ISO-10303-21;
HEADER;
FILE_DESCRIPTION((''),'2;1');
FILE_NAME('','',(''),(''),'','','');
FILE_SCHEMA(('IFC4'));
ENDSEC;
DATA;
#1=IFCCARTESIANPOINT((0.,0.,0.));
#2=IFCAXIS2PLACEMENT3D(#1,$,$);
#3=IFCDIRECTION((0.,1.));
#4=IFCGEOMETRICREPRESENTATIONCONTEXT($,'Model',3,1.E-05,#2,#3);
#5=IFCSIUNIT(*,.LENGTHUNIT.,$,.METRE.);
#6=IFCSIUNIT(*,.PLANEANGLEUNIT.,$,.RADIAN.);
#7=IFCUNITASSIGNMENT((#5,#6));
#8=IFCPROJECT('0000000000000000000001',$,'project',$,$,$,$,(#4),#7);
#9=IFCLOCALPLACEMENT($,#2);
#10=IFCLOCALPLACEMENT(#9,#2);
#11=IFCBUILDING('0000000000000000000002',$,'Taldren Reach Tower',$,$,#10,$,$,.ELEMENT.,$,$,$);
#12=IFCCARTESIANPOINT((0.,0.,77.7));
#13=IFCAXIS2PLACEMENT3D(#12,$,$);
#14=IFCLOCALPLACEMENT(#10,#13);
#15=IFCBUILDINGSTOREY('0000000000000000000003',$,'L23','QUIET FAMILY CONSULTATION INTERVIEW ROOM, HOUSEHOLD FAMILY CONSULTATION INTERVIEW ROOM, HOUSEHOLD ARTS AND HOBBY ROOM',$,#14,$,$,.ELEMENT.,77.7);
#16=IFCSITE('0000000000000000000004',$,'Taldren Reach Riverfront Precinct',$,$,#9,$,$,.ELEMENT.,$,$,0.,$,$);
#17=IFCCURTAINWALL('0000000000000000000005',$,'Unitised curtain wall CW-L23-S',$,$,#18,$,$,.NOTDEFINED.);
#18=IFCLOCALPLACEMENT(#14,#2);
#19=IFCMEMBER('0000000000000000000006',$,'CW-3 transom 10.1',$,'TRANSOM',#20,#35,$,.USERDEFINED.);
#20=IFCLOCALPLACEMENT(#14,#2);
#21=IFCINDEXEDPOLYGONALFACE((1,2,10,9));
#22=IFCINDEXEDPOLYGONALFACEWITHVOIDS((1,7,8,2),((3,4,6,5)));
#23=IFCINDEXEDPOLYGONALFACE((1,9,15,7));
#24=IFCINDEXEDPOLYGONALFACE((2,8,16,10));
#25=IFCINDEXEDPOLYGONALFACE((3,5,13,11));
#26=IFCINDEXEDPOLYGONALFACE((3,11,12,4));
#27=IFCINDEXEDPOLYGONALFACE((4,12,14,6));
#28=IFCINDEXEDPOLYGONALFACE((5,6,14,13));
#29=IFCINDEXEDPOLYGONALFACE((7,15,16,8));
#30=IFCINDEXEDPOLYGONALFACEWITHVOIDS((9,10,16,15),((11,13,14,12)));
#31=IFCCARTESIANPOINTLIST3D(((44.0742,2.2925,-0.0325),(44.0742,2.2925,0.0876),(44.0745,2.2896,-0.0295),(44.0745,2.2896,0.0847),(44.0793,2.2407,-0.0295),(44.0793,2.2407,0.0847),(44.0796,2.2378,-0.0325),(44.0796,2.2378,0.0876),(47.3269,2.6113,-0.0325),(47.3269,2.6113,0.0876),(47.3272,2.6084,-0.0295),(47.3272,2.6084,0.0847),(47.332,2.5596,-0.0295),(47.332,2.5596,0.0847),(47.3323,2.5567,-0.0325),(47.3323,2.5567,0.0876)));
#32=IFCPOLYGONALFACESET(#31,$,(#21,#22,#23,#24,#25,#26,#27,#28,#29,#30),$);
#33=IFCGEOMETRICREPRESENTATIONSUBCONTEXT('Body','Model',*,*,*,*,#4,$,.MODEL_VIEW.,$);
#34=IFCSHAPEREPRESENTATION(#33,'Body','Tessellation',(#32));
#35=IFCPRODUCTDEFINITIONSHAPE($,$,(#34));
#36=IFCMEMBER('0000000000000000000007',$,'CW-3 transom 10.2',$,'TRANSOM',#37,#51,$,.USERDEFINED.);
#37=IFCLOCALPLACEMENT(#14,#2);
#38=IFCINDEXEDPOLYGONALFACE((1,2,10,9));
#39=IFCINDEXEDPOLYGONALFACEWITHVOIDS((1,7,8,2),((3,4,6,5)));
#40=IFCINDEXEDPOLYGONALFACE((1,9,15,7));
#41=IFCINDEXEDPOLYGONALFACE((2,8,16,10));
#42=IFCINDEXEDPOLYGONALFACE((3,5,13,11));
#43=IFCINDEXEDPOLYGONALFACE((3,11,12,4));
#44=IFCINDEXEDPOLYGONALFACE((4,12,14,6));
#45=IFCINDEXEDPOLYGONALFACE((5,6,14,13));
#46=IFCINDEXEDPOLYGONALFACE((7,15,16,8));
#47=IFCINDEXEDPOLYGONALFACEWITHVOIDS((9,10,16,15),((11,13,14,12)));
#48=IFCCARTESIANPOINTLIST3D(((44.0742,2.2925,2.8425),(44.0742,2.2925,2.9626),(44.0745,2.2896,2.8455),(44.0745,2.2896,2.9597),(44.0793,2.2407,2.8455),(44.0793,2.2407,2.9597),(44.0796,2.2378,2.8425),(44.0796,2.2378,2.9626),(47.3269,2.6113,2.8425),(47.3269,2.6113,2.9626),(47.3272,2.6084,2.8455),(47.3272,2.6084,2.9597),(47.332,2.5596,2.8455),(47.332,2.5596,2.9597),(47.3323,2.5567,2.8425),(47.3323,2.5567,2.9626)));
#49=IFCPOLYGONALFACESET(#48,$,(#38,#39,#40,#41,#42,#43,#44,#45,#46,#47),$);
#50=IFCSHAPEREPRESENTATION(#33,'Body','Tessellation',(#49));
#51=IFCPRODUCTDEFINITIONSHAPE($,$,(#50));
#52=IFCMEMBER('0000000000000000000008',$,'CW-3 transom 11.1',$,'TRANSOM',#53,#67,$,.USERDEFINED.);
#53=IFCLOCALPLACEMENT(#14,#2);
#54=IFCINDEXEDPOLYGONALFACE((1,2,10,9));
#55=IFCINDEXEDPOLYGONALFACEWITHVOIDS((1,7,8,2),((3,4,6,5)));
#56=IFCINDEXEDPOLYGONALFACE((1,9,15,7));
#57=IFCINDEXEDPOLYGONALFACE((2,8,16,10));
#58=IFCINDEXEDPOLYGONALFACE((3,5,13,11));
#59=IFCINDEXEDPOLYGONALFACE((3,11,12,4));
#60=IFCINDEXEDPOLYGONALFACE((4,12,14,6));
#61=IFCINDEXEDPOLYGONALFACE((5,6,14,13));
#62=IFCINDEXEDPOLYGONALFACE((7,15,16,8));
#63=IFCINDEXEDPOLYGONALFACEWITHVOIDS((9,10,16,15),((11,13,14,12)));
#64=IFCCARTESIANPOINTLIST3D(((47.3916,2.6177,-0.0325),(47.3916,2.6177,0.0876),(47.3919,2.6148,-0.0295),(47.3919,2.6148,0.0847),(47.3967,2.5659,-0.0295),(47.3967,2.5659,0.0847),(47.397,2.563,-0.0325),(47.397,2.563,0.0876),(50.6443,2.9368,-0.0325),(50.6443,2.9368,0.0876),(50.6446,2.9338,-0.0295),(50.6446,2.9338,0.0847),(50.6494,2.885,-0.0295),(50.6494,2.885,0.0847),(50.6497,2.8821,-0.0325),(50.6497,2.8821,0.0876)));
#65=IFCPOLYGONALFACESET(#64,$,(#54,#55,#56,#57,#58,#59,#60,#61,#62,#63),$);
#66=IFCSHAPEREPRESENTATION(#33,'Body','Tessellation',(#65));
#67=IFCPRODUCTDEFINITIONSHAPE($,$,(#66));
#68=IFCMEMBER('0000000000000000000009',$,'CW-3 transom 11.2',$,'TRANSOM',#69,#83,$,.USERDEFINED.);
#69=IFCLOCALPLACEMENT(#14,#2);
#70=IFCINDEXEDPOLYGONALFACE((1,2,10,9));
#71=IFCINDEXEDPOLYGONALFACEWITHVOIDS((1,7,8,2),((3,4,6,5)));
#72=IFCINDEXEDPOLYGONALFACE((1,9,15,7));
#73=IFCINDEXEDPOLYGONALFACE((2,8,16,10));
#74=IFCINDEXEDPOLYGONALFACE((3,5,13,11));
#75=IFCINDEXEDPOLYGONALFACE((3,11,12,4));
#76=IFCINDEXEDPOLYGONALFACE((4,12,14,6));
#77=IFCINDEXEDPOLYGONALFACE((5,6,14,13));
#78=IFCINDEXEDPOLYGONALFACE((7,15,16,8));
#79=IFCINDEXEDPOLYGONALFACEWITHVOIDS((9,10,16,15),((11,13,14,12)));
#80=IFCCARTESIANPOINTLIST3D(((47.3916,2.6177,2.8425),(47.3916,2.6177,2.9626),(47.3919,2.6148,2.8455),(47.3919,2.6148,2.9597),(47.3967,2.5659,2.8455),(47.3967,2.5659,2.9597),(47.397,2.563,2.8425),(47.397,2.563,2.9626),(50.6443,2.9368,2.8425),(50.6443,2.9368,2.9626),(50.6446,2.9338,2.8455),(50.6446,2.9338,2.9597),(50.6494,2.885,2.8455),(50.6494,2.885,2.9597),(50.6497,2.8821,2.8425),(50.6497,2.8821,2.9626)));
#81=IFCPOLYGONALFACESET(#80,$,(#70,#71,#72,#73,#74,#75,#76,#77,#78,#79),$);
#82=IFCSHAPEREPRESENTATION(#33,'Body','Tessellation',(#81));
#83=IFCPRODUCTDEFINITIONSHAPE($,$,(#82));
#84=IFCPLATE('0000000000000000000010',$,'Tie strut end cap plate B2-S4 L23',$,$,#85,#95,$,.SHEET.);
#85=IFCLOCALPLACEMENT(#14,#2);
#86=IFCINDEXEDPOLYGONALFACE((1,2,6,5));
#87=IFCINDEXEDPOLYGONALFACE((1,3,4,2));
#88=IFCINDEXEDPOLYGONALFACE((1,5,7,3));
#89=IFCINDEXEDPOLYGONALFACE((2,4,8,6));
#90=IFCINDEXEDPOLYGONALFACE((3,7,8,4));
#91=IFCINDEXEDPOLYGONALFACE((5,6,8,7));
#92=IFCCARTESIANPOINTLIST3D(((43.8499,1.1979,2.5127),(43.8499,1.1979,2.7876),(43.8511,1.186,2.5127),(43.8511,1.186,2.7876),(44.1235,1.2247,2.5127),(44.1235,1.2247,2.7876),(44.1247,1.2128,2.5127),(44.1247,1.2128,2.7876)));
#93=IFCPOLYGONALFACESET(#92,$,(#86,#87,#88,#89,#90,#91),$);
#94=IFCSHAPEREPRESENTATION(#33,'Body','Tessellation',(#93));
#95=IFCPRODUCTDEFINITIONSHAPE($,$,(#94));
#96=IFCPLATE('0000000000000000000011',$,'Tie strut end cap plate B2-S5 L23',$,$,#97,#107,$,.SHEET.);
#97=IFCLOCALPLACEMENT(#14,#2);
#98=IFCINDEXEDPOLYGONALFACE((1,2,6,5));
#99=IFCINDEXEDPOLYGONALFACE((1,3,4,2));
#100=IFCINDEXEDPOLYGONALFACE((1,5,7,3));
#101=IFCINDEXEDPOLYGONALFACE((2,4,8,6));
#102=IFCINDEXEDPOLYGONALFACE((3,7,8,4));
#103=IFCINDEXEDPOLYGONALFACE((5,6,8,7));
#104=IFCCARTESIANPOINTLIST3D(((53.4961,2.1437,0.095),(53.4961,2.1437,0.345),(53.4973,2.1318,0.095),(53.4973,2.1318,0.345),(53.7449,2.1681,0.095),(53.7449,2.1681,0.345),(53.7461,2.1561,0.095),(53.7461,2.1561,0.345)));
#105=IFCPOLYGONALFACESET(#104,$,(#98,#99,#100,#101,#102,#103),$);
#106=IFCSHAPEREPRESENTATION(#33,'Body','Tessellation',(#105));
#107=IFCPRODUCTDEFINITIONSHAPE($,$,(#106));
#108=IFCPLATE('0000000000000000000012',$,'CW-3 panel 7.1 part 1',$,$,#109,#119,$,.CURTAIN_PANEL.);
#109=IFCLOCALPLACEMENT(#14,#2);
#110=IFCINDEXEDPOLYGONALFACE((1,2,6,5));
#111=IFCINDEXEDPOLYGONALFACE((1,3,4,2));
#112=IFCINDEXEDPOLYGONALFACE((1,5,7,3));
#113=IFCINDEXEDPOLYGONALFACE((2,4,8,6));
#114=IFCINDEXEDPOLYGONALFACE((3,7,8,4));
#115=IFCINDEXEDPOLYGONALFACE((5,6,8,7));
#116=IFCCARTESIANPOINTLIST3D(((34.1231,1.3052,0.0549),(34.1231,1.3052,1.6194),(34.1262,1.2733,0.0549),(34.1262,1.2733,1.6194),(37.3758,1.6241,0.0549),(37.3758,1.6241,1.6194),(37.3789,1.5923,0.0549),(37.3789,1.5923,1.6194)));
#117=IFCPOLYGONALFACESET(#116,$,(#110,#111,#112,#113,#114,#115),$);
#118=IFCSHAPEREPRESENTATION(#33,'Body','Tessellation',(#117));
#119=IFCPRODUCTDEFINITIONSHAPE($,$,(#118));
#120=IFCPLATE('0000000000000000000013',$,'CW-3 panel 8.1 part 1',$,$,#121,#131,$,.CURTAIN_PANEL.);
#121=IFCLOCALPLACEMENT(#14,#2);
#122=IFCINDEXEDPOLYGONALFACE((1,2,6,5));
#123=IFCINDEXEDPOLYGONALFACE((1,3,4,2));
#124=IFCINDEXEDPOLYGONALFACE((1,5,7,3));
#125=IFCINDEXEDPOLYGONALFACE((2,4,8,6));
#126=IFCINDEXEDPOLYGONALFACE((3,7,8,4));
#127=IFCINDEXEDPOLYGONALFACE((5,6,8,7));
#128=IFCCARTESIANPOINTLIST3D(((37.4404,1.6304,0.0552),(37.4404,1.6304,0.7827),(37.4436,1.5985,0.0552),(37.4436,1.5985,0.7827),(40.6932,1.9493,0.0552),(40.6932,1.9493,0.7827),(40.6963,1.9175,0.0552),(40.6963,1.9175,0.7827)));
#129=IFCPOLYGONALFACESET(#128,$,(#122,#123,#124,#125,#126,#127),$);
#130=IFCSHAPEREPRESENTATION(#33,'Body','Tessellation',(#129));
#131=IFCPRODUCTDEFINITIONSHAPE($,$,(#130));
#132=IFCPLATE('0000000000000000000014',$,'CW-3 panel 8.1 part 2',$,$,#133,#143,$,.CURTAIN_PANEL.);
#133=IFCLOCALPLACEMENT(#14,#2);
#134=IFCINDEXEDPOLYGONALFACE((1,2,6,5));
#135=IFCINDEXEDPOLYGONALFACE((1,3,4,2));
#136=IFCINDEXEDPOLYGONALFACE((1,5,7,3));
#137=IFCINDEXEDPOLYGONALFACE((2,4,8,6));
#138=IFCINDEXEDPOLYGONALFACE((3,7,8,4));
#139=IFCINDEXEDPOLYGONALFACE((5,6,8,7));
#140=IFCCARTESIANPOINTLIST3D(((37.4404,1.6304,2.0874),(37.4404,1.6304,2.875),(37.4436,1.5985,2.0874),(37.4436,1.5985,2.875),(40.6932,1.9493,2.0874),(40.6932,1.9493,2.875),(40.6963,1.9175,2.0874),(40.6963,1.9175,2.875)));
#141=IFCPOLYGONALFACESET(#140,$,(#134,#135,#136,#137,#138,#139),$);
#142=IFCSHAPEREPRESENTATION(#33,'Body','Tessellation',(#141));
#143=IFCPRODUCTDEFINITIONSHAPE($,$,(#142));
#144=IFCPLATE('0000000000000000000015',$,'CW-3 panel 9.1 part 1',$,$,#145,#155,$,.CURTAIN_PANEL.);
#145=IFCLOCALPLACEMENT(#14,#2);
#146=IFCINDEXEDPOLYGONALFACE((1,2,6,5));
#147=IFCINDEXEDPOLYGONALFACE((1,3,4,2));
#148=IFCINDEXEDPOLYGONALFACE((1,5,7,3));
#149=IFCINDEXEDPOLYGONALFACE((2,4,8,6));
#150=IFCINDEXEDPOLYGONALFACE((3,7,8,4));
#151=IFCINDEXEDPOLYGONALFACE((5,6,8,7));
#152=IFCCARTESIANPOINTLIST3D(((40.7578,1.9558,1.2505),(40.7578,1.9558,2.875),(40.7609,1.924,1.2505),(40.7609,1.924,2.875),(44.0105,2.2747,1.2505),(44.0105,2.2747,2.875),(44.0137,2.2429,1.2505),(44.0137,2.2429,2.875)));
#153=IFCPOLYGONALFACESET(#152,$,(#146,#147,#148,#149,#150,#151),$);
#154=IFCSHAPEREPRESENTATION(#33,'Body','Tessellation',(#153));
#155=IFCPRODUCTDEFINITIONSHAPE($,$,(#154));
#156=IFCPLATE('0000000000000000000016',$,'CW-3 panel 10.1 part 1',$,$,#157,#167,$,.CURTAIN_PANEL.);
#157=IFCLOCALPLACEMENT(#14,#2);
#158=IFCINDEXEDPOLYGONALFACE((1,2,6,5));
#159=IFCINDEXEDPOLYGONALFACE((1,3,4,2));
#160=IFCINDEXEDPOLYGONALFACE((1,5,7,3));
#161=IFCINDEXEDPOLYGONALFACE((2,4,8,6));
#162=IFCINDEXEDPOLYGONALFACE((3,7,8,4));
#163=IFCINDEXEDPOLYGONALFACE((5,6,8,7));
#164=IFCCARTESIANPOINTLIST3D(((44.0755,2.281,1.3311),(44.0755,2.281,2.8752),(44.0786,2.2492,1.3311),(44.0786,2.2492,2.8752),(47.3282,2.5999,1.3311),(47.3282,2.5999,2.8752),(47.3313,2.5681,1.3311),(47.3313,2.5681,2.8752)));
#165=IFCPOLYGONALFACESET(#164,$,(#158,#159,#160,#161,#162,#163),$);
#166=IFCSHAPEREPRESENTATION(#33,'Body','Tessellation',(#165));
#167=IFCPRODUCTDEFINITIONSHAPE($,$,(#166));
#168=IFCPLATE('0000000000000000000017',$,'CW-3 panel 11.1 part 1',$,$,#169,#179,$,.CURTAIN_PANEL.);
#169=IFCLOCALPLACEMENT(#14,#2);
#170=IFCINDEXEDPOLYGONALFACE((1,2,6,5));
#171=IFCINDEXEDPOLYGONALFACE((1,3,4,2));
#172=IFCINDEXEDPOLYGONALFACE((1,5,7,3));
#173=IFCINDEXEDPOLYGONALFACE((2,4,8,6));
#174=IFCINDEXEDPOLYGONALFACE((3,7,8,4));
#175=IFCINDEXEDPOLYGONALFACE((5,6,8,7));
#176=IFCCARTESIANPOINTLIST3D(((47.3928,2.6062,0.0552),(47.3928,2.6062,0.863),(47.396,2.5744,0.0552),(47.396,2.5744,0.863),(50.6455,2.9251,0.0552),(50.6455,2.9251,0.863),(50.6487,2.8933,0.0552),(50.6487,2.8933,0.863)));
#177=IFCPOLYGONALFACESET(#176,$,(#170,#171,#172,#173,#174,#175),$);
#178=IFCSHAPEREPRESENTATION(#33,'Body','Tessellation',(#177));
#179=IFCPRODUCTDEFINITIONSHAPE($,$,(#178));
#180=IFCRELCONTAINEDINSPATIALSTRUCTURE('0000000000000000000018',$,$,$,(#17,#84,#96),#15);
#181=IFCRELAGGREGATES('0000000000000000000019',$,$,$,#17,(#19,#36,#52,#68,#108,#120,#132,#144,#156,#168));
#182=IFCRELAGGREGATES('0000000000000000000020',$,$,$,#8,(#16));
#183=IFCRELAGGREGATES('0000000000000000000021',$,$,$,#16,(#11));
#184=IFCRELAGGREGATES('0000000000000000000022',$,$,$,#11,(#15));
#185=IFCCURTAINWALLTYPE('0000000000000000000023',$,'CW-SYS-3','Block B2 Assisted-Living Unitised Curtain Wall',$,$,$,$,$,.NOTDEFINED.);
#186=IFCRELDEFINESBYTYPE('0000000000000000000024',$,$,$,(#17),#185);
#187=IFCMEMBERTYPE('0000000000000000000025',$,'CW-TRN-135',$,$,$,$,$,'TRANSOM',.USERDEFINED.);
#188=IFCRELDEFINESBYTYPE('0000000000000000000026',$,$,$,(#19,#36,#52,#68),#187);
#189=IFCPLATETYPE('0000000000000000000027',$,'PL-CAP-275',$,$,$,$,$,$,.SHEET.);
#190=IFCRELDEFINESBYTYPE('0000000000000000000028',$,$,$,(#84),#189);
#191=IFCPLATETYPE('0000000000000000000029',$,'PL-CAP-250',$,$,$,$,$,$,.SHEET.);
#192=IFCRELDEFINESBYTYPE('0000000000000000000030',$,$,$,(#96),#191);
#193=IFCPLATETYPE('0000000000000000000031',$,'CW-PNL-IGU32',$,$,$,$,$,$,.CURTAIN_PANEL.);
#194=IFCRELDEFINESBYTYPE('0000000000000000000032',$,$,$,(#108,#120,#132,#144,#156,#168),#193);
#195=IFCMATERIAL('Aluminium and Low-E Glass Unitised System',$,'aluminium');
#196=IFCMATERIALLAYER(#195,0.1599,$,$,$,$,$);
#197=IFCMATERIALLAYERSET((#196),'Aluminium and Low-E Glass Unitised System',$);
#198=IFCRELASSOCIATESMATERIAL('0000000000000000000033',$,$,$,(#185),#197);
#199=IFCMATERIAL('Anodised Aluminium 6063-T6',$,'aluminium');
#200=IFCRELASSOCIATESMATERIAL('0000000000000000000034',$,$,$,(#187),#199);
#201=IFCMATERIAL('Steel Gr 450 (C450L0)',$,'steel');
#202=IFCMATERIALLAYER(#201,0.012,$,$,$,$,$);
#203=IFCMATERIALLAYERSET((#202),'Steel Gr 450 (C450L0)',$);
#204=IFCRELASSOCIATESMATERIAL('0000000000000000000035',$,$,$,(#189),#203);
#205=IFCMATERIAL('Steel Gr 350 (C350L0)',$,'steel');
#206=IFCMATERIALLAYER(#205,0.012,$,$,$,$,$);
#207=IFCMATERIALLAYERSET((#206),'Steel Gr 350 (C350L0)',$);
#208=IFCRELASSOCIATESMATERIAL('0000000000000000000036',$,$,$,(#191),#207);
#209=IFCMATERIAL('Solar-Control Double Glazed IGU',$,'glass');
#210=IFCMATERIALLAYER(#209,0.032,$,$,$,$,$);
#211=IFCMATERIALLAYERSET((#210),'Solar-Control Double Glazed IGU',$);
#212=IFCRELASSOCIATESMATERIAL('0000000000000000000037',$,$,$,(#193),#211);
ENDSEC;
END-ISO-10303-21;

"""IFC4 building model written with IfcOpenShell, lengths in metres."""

from ifc_helpers import new_model, si_unit, direction, frame, origin, origin_2d, place, context, subcontext, project, spatial, rectangle, hollow_rectangle, extrude, source, transform, mapped, material, layer, layer_set, material_profile, profile_set, type_object, element, aggregate, save


model = new_model("IFC4")

# Units and contexts
model_context = context("Model", 3, precision=1e-05, world=origin(), true_north=direction((0.0, 1.0)))
body_context = subcontext(model_context, "Body", "Model", "MODEL_VIEW")
ifc_project = project(units=[si_unit("LENGTHUNIT", "METRE"), si_unit("PLANEANGLEUNIT", "RADIAN")], contexts=[model_context])

# Site, building, storey
site_placement = place(None, origin())
site = spatial("IfcSite", under=ifc_project, at=site_placement, Name="Taldren Reach Riverfront Precinct", CompositionType="ELEMENT", RefElevation=0.0)
building_placement = place(site_placement, origin())
building = spatial("IfcBuilding", under=site, at=building_placement, Name="Taldren Reach Tower", CompositionType="ELEMENT")
storey_placement = place(building_placement, frame((0.0, 0.0, 77.7)))
storey = spatial("IfcBuildingStorey", under=building, at=storey_placement, Name="L23", Description="QUIET FAMILY CONSULTATION INTERVIEW ROOM, HOUSEHOLD FAMILY CONSULTATION INTERVIEW ROOM, HOUSEHOLD ARTS AND HOBBY ROOM", CompositionType="ELEMENT", Elevation=77.7)

# Shared definitions
ifc_material_1 = material(Name="Steel Gr 450 (C450L0)", Category="steel")
ifc_material_2 = material(Name="Steel Gr 350 (C350L0)", Category="steel")

# Curtain wall, members
ifc_material_3 = material(Name="Aluminium and Low-E Glass Unitised System", Category="aluminium")
ifc_layer_1 = layer(ifc_material_3, 0.1599)
ifc_layer_set_1 = layer_set([ifc_layer_1], Name="Aluminium and Low-E Glass Unitised System")
curtain_wall_type = type_object("IfcCurtainWallType", Name="CW-SYS-3", Description="Block B2 Assisted-Living Unitised Curtain Wall", PredefinedType="NOTDEFINED", material=ifc_layer_set_1)
curtain_wall_placement = place(storey_placement, origin())
curtain_wall = element("IfcCurtainWall", 1, at=curtain_wall_placement, inside=storey, type_object=curtain_wall_type, Name="Unitised curtain wall CW-L23-S", PredefinedType="NOTDEFINED")
ifc_material_4 = material(Name="Anodised Aluminium 6063-T6", Category="aluminium")
ifc_material_profile_1 = material_profile(ifc_material_4, hollow_rectangle(XDim=0.0549, YDim=0.1201, WallThickness=0.0029, at=origin_2d()), Name="ALU-120x55x3RHS")
ifc_profile_set_1 = profile_set([ifc_material_profile_1], Name="Anodised Aluminium 6063-T6")
member_type_1 = type_object("IfcMemberType", Name="CW-TRN-135", ElementType="TRANSOM", PredefinedType="USERDEFINED", material=ifc_profile_set_1)
shared_shape_1 = source(origin(), body_context, "Body", "SweptSolid", [
    extrude(hollow_rectangle(XDim=0.0549, YDim=0.1201, WallThickness=0.0029, at=origin_2d()), origin(), (0.0, 0.0, 1.0), 3.2683),
])
member_1_placement = place(storey_placement, frame((44.0769, 2.2651, 0.0276), z_axis=(0.99523, 0.097558, 0.0), x_axis=(-0.097558, 0.99523, 0.0)))
member_1 = element("IfcMember", 2, at=member_1_placement, type_object=member_type_1, Name="CW-3 transom 10.1", ObjectType="TRANSOM", PredefinedType="USERDEFINED", context=body_context, shape_type="MappedRepresentation", body=[
    mapped(shared_shape_1, transform((0.0, 0.0, 0.0), scale=1.0)),
])
member_2_placement = place(storey_placement, frame((44.0769, 2.2651, 2.9026), z_axis=(0.99523, 0.097558, 0.0), x_axis=(-0.097558, 0.99523, 0.0)))
member_2 = element("IfcMember", 3, at=member_2_placement, type_object=member_type_1, Name="CW-3 transom 10.2", ObjectType="TRANSOM", PredefinedType="USERDEFINED", context=body_context, shape_type="MappedRepresentation", body=[
    mapped(shared_shape_1, transform((0.0, 0.0, 0.0), scale=1.0)),
])
member_3_placement = place(storey_placement, frame((47.3943, 2.5903, 0.0276), z_axis=(0.995223, 0.097632, 0.0), x_axis=(-0.097632, 0.995223, 0.0)))
member_3 = element("IfcMember", 4, at=member_3_placement, type_object=member_type_1, Name="CW-3 transom 11.1", ObjectType="TRANSOM", PredefinedType="USERDEFINED", context=body_context, shape_type="MappedRepresentation", body=[
    mapped(shared_shape_1, transform((0.0, 0.0, 0.0), scale=1.0)),
])
member_4_placement = place(storey_placement, frame((47.3943, 2.5903, 2.9026), z_axis=(0.995223, 0.097632, 0.0), x_axis=(-0.097632, 0.995223, 0.0)))
member_4 = element("IfcMember", 5, at=member_4_placement, type_object=member_type_1, Name="CW-3 transom 11.2", ObjectType="TRANSOM", PredefinedType="USERDEFINED", context=body_context, shape_type="MappedRepresentation", body=[
    mapped(shared_shape_1, transform((0.0, 0.0, 0.0), scale=1.0)),
])

# Plates
ifc_layer_2 = layer(ifc_material_1, 0.012)
ifc_layer_set_2 = layer_set([ifc_layer_2], Name="Steel Gr 450 (C450L0)")
plate_type_1 = type_object("IfcPlateType", Name="PL-CAP-275", PredefinedType="SHEET", material=ifc_layer_set_2)
shared_shape_2 = source(origin(), body_context, "Body", "SweptSolid", [
    extrude(rectangle(XDim=0.2749, YDim=0.012, at=origin_2d()), origin(), (0.0, 0.0, 1.0), 0.2749),
])
plate_1_placement = place(storey_placement, frame((43.9873, 1.2053, 2.5127), z_axis=(0.0, 0.0, 1.0), x_axis=(0.995227, 0.097583, 0.0)))
element("IfcPlate", 6, at=plate_1_placement, inside=storey, type_object=plate_type_1, Name="Tie strut end cap plate B2-S4 L23", PredefinedType="SHEET", context=body_context, shape_type="MappedRepresentation", body=[
    mapped(shared_shape_2, transform((0.0, 0.0, 0.0), scale=1.0)),
])
ifc_layer_3 = layer(ifc_material_2, 0.012)
ifc_layer_set_3 = layer_set([ifc_layer_3], Name="Steel Gr 350 (C350L0)")
plate_type_2 = type_object("IfcPlateType", Name="PL-CAP-250", PredefinedType="SHEET", material=ifc_layer_set_3)
shared_shape_3 = source(origin(), body_context, "Body", "SweptSolid", [
    extrude(rectangle(XDim=0.25, YDim=0.012, at=origin_2d()), origin(), (0.0, 0.0, 1.0), 0.25),
])
plate_2_placement = place(storey_placement, frame((53.6211, 2.1499, 0.095), z_axis=(0.0, 0.0, 1.0), x_axis=(0.995227, 0.097583, 0.0)))
element("IfcPlate", 7, at=plate_2_placement, inside=storey, type_object=plate_type_2, Name="Tie strut end cap plate B2-S5 L23", PredefinedType="SHEET", context=body_context, shape_type="MappedRepresentation", body=[
    mapped(shared_shape_3, transform((0.0, 0.0, 0.0), scale=1.0)),
])

# Plates
ifc_material_5 = material(Name="Solar-Control Double Glazed IGU", Category="glass")
ifc_layer_4 = layer(ifc_material_5, 0.032)
ifc_layer_set_4 = layer_set([ifc_layer_4], Name="Solar-Control Double Glazed IGU")
plate_type_3 = type_object("IfcPlateType", Name="CW-PNL-IGU32", PredefinedType="CURTAIN_PANEL", material=ifc_layer_set_4)
shared_shape_4 = source(origin(), body_context, "Body", "SweptSolid", [
    extrude(rectangle(XDim=3.2683, YDim=0.032, at=origin_2d()), origin(), (0.0, 0.0, 1.0), 1.5645),
])
plate_3_placement = place(storey_placement, frame((35.751, 1.4487, 0.0549), z_axis=(0.0, 0.0, 1.0), x_axis=(0.995227, 0.097583, 0.0)))
plate_3 = element("IfcPlate", 8, at=plate_3_placement, type_object=plate_type_3, Name="CW-3 panel 7.1 part 1", PredefinedType="CURTAIN_PANEL", context=body_context, shape_type="MappedRepresentation", body=[
    mapped(shared_shape_4, transform((0.0, 0.0, 0.0), scale=1.0)),
])
shared_shape_5 = source(origin(), body_context, "Body", "SweptSolid", [
    extrude(rectangle(XDim=3.2683, YDim=0.032, at=origin_2d()), origin(), (0.0, 0.0, 1.0), 0.7275),
])
plate_4_placement = place(storey_placement, frame((39.0684, 1.7739, 0.0552), z_axis=(0.0, 0.0, 1.0), x_axis=(0.995227, 0.097583, 0.0)))
plate_4 = element("IfcPlate", 9, at=plate_4_placement, type_object=plate_type_3, Name="CW-3 panel 8.1 part 1", PredefinedType="CURTAIN_PANEL", context=body_context, shape_type="MappedRepresentation", body=[
    mapped(shared_shape_5, transform((0.0, 0.0, 0.0), scale=1.0)),
])
shared_shape_6 = source(origin(), body_context, "Body", "SweptSolid", [
    extrude(rectangle(XDim=3.2683, YDim=0.032, at=origin_2d()), origin(), (0.0, 0.0, 1.0), 0.7876),
])
plate_5_placement = place(storey_placement, frame((39.0684, 1.7739, 2.0874), z_axis=(0.0, 0.0, 1.0), x_axis=(0.995227, 0.097583, 0.0)))
plate_5 = element("IfcPlate", 10, at=plate_5_placement, type_object=plate_type_3, Name="CW-3 panel 8.1 part 2", PredefinedType="CURTAIN_PANEL", context=body_context, shape_type="MappedRepresentation", body=[
    mapped(shared_shape_6, transform((0.0, 0.0, 0.0), scale=1.0)),
])
shared_shape_7 = source(origin(), body_context, "Body", "SweptSolid", [
    extrude(rectangle(XDim=3.2683, YDim=0.032, at=origin_2d()), origin(), (0.0, 0.0, 1.0), 1.6245),
])
plate_6_placement = place(storey_placement, frame((42.3857, 2.0994, 1.2505), z_axis=(0.0, 0.0, 1.0), x_axis=(0.995227, 0.097583, 0.0)))
plate_6 = element("IfcPlate", 11, at=plate_6_placement, type_object=plate_type_3, Name="CW-3 panel 9.1 part 1", PredefinedType="CURTAIN_PANEL", context=body_context, shape_type="MappedRepresentation", body=[
    mapped(shared_shape_7, transform((0.0, 0.0, 0.0), scale=1.0)),
])
shared_shape_8 = source(origin(), body_context, "Body", "SweptSolid", [
    extrude(rectangle(XDim=3.2683, YDim=0.032, at=origin_2d()), origin(), (0.0, 0.0, 1.0), 1.5442),
])
plate_7_placement = place(storey_placement, frame((45.7034, 2.4246, 1.3311), z_axis=(0.0, 0.0, 1.0), x_axis=(0.995227, 0.097583, 0.0)))
plate_7 = element("IfcPlate", 12, at=plate_7_placement, type_object=plate_type_3, Name="CW-3 panel 10.1 part 1", PredefinedType="CURTAIN_PANEL", context=body_context, shape_type="MappedRepresentation", body=[
    mapped(shared_shape_8, transform((0.0, 0.0, 0.0), scale=1.0)),
])
shared_shape_9 = source(origin(), body_context, "Body", "SweptSolid", [
    extrude(rectangle(XDim=3.2683, YDim=0.032, at=origin_2d()), origin(), (0.0, 0.0, 1.0), 0.8079),
])
plate_8_placement = place(storey_placement, frame((49.0208, 2.7498, 0.0552), z_axis=(0.0, 0.0, 1.0), x_axis=(0.995227, 0.097583, 0.0)))
plate_8 = element("IfcPlate", 13, at=plate_8_placement, type_object=plate_type_3, Name="CW-3 panel 11.1 part 1", PredefinedType="CURTAIN_PANEL", context=body_context, shape_type="MappedRepresentation", body=[
    mapped(shared_shape_9, transform((0.0, 0.0, 0.0), scale=1.0)),
])
aggregate(curtain_wall, [member_1, member_2, member_3, member_4, plate_3, plate_4, plate_5, plate_6, plate_7, plate_8])

save(model, "model.ifc")
